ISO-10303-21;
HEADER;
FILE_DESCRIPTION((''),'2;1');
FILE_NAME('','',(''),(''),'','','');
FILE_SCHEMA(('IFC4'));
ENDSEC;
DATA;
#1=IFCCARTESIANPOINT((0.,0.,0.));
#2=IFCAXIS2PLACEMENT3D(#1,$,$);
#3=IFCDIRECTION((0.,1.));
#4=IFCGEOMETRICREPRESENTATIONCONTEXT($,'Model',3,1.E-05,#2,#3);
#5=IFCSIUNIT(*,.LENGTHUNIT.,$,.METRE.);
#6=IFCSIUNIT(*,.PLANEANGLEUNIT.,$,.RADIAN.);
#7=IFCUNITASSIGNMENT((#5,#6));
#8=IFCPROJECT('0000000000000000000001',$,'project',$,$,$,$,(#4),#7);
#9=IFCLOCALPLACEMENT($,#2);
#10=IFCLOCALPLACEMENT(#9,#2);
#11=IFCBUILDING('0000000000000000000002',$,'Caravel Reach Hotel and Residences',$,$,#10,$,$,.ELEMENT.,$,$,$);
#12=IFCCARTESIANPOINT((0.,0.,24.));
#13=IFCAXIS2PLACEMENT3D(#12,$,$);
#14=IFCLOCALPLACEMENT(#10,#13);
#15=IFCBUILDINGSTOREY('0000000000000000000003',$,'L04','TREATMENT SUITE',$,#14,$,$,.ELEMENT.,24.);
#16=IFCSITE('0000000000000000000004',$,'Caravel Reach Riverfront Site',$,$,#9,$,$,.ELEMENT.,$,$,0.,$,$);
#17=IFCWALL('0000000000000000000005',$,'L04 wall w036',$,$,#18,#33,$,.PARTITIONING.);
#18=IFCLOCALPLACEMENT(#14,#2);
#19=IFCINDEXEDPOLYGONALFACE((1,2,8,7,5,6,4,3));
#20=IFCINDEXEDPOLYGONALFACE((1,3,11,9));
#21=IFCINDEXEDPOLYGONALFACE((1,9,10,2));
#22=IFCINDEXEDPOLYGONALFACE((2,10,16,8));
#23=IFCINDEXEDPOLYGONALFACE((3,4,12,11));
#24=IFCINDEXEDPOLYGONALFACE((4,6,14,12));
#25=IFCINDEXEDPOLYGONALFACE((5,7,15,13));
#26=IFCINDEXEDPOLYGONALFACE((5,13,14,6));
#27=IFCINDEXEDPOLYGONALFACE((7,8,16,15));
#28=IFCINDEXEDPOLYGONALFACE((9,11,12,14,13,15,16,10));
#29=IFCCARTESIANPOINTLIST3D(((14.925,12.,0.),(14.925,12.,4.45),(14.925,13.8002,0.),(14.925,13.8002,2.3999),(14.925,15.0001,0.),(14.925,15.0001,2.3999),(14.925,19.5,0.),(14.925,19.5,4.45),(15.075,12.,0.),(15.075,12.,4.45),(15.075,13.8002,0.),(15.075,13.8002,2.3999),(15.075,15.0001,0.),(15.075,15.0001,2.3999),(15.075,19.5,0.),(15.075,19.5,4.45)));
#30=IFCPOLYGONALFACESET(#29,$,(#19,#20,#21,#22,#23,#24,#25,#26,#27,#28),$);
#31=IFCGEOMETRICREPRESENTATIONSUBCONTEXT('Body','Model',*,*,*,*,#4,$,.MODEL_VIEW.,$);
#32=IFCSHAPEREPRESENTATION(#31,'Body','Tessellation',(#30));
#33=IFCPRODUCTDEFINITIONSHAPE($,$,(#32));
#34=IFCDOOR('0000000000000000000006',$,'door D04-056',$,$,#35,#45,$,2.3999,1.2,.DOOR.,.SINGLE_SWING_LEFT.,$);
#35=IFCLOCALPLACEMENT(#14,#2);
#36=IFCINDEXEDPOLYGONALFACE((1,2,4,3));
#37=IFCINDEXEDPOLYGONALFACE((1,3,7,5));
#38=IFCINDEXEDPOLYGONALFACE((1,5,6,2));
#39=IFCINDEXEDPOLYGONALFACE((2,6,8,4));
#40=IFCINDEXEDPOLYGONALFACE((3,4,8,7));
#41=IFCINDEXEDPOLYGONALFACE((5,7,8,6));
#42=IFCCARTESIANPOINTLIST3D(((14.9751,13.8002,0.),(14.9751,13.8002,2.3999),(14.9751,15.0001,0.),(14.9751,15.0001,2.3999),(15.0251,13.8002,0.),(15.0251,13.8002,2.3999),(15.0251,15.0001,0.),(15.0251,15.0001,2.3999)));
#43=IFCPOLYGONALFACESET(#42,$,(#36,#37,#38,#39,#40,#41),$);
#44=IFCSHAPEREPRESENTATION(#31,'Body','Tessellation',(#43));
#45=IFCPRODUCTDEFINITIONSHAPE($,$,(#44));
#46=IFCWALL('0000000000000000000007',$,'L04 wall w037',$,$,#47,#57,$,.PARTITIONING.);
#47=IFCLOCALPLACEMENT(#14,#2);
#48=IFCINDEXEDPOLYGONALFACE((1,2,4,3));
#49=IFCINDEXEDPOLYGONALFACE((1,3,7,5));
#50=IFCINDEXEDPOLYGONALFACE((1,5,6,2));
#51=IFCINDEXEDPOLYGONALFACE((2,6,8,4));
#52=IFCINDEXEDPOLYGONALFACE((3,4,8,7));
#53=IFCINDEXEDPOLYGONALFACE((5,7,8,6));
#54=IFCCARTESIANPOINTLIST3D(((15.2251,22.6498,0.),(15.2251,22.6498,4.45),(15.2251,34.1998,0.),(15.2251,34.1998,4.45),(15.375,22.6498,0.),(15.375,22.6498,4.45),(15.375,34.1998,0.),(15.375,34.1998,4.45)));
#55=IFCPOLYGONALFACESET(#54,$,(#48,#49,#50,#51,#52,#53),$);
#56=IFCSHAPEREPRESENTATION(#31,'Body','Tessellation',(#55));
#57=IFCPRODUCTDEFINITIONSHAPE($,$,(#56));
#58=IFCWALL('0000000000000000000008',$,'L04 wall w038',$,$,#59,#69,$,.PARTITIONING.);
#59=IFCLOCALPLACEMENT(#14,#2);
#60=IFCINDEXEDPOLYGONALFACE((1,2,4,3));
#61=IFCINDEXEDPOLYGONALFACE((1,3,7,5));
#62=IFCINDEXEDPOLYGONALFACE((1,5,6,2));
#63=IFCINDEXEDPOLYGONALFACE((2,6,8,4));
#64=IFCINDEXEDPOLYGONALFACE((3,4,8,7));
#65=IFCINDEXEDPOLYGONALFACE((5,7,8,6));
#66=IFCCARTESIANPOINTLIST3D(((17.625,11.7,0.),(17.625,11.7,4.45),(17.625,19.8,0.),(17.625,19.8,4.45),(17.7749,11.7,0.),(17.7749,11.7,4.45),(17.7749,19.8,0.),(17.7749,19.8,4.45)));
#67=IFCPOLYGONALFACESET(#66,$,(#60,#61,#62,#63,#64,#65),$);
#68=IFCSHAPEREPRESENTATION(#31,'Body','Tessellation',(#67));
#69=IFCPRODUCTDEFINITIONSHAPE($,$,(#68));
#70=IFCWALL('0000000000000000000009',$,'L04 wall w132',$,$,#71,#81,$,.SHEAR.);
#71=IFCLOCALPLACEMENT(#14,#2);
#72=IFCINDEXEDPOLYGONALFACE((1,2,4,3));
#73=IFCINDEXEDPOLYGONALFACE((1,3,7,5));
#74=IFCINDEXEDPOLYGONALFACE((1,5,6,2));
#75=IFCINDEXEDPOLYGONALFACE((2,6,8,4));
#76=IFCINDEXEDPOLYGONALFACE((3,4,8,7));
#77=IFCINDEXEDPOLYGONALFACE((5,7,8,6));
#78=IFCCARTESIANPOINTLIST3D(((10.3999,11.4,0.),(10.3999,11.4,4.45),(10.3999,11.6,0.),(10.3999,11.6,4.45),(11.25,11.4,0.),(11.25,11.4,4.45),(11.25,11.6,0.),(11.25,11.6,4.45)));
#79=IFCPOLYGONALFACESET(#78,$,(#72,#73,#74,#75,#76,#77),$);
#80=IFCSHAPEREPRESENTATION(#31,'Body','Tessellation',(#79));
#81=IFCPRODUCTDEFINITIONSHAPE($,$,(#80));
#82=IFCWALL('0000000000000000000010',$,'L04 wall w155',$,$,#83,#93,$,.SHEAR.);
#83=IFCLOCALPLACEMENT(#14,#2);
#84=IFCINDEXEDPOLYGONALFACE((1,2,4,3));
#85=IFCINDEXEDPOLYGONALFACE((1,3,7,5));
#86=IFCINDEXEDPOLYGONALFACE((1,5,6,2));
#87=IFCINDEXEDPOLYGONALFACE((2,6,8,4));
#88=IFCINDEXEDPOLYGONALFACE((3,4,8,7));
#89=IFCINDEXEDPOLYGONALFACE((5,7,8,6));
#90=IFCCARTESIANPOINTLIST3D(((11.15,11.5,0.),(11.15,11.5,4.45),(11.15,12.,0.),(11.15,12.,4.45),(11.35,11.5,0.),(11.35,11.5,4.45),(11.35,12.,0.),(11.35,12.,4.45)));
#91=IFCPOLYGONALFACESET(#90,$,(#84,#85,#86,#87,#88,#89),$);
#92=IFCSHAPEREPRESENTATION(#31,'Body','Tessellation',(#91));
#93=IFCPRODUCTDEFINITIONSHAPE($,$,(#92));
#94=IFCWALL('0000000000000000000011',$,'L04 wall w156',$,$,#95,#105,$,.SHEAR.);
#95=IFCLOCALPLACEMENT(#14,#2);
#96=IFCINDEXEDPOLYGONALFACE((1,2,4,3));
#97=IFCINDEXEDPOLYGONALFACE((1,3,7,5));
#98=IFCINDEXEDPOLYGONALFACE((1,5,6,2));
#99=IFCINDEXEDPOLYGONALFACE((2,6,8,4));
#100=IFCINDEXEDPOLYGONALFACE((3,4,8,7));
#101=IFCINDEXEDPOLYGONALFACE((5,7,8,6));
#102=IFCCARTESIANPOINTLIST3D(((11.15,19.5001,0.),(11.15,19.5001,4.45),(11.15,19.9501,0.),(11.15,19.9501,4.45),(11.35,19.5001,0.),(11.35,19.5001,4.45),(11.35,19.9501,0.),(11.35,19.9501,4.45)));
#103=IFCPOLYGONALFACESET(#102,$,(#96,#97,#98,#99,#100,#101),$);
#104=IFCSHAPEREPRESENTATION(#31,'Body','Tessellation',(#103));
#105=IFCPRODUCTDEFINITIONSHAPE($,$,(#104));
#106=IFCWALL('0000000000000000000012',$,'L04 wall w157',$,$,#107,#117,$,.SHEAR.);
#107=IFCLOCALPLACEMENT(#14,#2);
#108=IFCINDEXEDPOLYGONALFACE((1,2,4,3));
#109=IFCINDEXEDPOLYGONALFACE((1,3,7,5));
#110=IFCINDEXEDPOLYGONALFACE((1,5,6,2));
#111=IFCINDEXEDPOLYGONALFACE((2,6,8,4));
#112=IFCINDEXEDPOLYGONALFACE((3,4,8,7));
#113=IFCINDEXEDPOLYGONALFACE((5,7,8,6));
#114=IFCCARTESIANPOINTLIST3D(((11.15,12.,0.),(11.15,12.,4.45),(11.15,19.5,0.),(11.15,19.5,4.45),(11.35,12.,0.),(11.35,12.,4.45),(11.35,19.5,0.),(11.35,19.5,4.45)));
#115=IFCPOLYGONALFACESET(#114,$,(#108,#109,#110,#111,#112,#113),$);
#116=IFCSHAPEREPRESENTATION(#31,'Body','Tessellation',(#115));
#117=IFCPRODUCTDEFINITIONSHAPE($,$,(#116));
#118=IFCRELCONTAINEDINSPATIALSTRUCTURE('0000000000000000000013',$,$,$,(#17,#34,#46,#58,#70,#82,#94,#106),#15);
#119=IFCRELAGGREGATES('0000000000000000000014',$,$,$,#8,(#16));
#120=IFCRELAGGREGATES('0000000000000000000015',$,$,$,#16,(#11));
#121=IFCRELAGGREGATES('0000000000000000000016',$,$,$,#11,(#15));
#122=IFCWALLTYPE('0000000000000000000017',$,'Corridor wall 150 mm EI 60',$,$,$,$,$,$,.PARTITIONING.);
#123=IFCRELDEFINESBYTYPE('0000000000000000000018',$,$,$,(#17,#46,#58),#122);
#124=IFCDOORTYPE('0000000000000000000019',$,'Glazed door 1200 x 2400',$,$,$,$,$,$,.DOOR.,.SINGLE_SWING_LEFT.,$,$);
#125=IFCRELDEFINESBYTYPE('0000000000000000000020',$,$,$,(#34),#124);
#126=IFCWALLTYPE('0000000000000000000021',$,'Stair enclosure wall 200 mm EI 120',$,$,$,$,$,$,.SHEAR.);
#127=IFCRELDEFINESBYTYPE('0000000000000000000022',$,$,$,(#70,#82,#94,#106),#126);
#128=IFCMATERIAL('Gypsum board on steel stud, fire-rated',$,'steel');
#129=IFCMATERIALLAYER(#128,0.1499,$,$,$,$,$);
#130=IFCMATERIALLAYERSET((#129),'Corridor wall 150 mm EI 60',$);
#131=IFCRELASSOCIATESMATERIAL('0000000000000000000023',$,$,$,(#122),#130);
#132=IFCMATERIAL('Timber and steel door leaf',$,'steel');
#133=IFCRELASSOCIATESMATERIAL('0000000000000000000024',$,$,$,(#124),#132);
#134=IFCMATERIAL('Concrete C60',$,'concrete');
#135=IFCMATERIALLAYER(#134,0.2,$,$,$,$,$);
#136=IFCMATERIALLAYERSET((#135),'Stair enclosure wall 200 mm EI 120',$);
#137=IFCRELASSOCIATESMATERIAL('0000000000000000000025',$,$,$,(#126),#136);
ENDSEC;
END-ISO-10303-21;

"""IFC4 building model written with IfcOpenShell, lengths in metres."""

from ifc_helpers import new_model, si_unit, direction, frame, frame_2d, origin, place, context, subcontext, project, spatial, rectangle, extrude, material, layer, layer_set, type_object, element, fill, save


model = new_model("IFC4")

# Units and contexts
model_context = context("Model", 3, precision=1e-05, world=origin(), true_north=direction((0.0, 1.0)))
body_context = subcontext(model_context, "Body", "Model", "MODEL_VIEW")
ifc_project = project(units=[si_unit("LENGTHUNIT", "METRE"), si_unit("PLANEANGLEUNIT", "RADIAN")], contexts=[model_context])

# Site, building, storey
site_placement = place(None, origin())
site = spatial("IfcSite", under=ifc_project, at=site_placement, Name="Caravel Reach Riverfront Site", CompositionType="ELEMENT", RefElevation=0.0)
building_placement = place(site_placement, origin())
building = spatial("IfcBuilding", under=site, at=building_placement, Name="Caravel Reach Hotel and Residences", CompositionType="ELEMENT")
storey_placement = place(building_placement, frame((0.0, 0.0, 24.0)))
storey = spatial("IfcBuildingStorey", under=building, at=storey_placement, Name="L04", Description="TREATMENT SUITE", CompositionType="ELEMENT", Elevation=24.0)

# Shared definitions
ifc_material_1 = material(Name="Gypsum board on steel stud, fire-rated", Category="steel")
ifc_layer_1 = layer(ifc_material_1, 0.1499)
ifc_layer_set_1 = layer_set([ifc_layer_1], Name="Corridor wall 150 mm EI 60")
wall_type_1 = type_object("IfcWallType", Name="Corridor wall 150 mm EI 60", PredefinedType="PARTITIONING", material=ifc_layer_set_1)

# Wall, opening, door
wall_1_placement = place(storey_placement, frame((15.0, 12.0, 0.0), z_axis=(0.0, 0.0, 1.0), x_axis=(0.0, 1.0, 0.0)))
wall_1 = element("IfcWall", 1, at=wall_1_placement, inside=storey, type_object=wall_type_1, Name="L04 wall w036", PredefinedType="PARTITIONING", context=body_context, shape_type="SweptSolid", body=[
    extrude(rectangle(XDim=7.5, YDim=0.1499, at=frame_2d((3.75, 0.0))), origin(), (0.0, 0.0, 1.0), 4.45),
])
opening_1_placement = place(wall_1_placement, frame((1.8, 0.0, 0.0)))
opening_1 = element("IfcOpeningElement", 2, at=opening_1_placement, cuts=wall_1, PredefinedType="OPENING", context=body_context, shape_type="SweptSolid", body=[
    extrude(rectangle(XDim=1.2, YDim=2.3999, at=frame_2d((0.6001, 1.2))), frame((0.0, 0.085, 0.0), z_axis=(0.0, -1.0, 0.0), x_axis=(1.0, 0.0, 0.0)), (0.0, 0.0, 1.0), 0.1699),
])
ifc_material_2 = material(Name="Timber and steel door leaf", Category="steel")
door_type_1 = type_object("IfcDoorType", Name="Glazed door 1200 x 2400", OperationType="SINGLE_SWING_LEFT", PredefinedType="DOOR", material=ifc_material_2)
door_1_placement = place(opening_1_placement, origin())
door_1 = element("IfcDoor", 3, at=door_1_placement, inside=storey, type_object=door_type_1, Name="door D04-056", OperationType="SINGLE_SWING_LEFT", OverallHeight=2.3999, OverallWidth=1.2, PredefinedType="DOOR", context=body_context, shape_type="SweptSolid", body=[
    extrude(rectangle(XDim=1.2, YDim=2.3999, at=frame_2d((0.6001, 1.2))), frame((0.0, 0.0249, 0.0), z_axis=(0.0, -1.0, 0.0), x_axis=(1.0, 0.0, 0.0)), (0.0, 0.0, 1.0), 0.05),
])
fill(opening_1, door_1)

# Walls
wall_2_placement = place(storey_placement, frame((15.3, 22.6499, 0.0), z_axis=(0.0, 0.0, 1.0), x_axis=(0.0, 1.0, 0.0)))
element("IfcWall", 4, at=wall_2_placement, inside=storey, type_object=wall_type_1, Name="L04 wall w037", PredefinedType="PARTITIONING", context=body_context, shape_type="SweptSolid", body=[
    extrude(rectangle(XDim=11.55, YDim=0.1499, at=frame_2d((5.7749, 0.0))), origin(), (0.0, 0.0, 1.0), 4.45),
])
wall_3_placement = place(storey_placement, frame((17.7, 11.7, 0.0), z_axis=(0.0, 0.0, 1.0), x_axis=(0.0, 1.0, 0.0)))
element("IfcWall", 5, at=wall_3_placement, inside=storey, type_object=wall_type_1, Name="L04 wall w038", PredefinedType="PARTITIONING", context=body_context, shape_type="SweptSolid", body=[
    extrude(rectangle(XDim=8.1001, YDim=0.1499, at=frame_2d((4.05, 0.0))), origin(), (0.0, 0.0, 1.0), 4.45),
])
ifc_material_3 = material(Name="Concrete C60", Category="concrete")
ifc_layer_2 = layer(ifc_material_3, 0.2)
ifc_layer_set_2 = layer_set([ifc_layer_2], Name="Stair enclosure wall 200 mm EI 120")
wall_type_2 = type_object("IfcWallType", Name="Stair enclosure wall 200 mm EI 120", PredefinedType="SHEAR", material=ifc_layer_set_2)
wall_4_placement = place(storey_placement, frame((10.3999, 11.5, 0.0), z_axis=(0.0, 0.0, 1.0), x_axis=(1.0, 0.0, 0.0)))
element("IfcWall", 6, at=wall_4_placement, inside=storey, type_object=wall_type_2, Name="L04 wall w132", PredefinedType="SHEAR", context=body_context, shape_type="SweptSolid", body=[
    extrude(rectangle(XDim=0.8501, YDim=0.2, at=frame_2d((0.425, 0.0))), origin(), (0.0, 0.0, 1.0), 4.45),
])
wall_5_placement = place(storey_placement, frame((11.25, 11.5, 0.0), z_axis=(0.0, 0.0, 1.0), x_axis=(0.0, 1.0, 0.0)))
element("IfcWall", 7, at=wall_5_placement, inside=storey, type_object=wall_type_2, Name="L04 wall w155", PredefinedType="SHEAR", context=body_context, shape_type="SweptSolid", body=[
    extrude(rectangle(XDim=0.5, YDim=0.2, at=frame_2d((0.25, 0.0))), origin(), (0.0, 0.0, 1.0), 4.45),
])
wall_6_placement = place(storey_placement, frame((11.25, 19.5, 0.0), z_axis=(0.0, 0.0, 1.0), x_axis=(0.0, 1.0, 0.0)))
element("IfcWall", 8, at=wall_6_placement, inside=storey, type_object=wall_type_2, Name="L04 wall w156", PredefinedType="SHEAR", context=body_context, shape_type="SweptSolid", body=[
    extrude(rectangle(XDim=0.45, YDim=0.2, at=frame_2d((0.2251, 0.0))), origin(), (0.0, 0.0, 1.0), 4.45),
])
wall_7_placement = place(storey_placement, frame((11.25, 12.0, 0.0), z_axis=(0.0, 0.0, 1.0), x_axis=(0.0, 1.0, 0.0)))
element("IfcWall", 9, at=wall_7_placement, inside=storey, type_object=wall_type_2, Name="L04 wall w157", PredefinedType="SHEAR", context=body_context, shape_type="SweptSolid", body=[
    extrude(rectangle(XDim=7.5, YDim=0.2, at=frame_2d((3.75, 0.0))), origin(), (0.0, 0.0, 1.0), 4.45),
])

save(model, "model.ifc")
